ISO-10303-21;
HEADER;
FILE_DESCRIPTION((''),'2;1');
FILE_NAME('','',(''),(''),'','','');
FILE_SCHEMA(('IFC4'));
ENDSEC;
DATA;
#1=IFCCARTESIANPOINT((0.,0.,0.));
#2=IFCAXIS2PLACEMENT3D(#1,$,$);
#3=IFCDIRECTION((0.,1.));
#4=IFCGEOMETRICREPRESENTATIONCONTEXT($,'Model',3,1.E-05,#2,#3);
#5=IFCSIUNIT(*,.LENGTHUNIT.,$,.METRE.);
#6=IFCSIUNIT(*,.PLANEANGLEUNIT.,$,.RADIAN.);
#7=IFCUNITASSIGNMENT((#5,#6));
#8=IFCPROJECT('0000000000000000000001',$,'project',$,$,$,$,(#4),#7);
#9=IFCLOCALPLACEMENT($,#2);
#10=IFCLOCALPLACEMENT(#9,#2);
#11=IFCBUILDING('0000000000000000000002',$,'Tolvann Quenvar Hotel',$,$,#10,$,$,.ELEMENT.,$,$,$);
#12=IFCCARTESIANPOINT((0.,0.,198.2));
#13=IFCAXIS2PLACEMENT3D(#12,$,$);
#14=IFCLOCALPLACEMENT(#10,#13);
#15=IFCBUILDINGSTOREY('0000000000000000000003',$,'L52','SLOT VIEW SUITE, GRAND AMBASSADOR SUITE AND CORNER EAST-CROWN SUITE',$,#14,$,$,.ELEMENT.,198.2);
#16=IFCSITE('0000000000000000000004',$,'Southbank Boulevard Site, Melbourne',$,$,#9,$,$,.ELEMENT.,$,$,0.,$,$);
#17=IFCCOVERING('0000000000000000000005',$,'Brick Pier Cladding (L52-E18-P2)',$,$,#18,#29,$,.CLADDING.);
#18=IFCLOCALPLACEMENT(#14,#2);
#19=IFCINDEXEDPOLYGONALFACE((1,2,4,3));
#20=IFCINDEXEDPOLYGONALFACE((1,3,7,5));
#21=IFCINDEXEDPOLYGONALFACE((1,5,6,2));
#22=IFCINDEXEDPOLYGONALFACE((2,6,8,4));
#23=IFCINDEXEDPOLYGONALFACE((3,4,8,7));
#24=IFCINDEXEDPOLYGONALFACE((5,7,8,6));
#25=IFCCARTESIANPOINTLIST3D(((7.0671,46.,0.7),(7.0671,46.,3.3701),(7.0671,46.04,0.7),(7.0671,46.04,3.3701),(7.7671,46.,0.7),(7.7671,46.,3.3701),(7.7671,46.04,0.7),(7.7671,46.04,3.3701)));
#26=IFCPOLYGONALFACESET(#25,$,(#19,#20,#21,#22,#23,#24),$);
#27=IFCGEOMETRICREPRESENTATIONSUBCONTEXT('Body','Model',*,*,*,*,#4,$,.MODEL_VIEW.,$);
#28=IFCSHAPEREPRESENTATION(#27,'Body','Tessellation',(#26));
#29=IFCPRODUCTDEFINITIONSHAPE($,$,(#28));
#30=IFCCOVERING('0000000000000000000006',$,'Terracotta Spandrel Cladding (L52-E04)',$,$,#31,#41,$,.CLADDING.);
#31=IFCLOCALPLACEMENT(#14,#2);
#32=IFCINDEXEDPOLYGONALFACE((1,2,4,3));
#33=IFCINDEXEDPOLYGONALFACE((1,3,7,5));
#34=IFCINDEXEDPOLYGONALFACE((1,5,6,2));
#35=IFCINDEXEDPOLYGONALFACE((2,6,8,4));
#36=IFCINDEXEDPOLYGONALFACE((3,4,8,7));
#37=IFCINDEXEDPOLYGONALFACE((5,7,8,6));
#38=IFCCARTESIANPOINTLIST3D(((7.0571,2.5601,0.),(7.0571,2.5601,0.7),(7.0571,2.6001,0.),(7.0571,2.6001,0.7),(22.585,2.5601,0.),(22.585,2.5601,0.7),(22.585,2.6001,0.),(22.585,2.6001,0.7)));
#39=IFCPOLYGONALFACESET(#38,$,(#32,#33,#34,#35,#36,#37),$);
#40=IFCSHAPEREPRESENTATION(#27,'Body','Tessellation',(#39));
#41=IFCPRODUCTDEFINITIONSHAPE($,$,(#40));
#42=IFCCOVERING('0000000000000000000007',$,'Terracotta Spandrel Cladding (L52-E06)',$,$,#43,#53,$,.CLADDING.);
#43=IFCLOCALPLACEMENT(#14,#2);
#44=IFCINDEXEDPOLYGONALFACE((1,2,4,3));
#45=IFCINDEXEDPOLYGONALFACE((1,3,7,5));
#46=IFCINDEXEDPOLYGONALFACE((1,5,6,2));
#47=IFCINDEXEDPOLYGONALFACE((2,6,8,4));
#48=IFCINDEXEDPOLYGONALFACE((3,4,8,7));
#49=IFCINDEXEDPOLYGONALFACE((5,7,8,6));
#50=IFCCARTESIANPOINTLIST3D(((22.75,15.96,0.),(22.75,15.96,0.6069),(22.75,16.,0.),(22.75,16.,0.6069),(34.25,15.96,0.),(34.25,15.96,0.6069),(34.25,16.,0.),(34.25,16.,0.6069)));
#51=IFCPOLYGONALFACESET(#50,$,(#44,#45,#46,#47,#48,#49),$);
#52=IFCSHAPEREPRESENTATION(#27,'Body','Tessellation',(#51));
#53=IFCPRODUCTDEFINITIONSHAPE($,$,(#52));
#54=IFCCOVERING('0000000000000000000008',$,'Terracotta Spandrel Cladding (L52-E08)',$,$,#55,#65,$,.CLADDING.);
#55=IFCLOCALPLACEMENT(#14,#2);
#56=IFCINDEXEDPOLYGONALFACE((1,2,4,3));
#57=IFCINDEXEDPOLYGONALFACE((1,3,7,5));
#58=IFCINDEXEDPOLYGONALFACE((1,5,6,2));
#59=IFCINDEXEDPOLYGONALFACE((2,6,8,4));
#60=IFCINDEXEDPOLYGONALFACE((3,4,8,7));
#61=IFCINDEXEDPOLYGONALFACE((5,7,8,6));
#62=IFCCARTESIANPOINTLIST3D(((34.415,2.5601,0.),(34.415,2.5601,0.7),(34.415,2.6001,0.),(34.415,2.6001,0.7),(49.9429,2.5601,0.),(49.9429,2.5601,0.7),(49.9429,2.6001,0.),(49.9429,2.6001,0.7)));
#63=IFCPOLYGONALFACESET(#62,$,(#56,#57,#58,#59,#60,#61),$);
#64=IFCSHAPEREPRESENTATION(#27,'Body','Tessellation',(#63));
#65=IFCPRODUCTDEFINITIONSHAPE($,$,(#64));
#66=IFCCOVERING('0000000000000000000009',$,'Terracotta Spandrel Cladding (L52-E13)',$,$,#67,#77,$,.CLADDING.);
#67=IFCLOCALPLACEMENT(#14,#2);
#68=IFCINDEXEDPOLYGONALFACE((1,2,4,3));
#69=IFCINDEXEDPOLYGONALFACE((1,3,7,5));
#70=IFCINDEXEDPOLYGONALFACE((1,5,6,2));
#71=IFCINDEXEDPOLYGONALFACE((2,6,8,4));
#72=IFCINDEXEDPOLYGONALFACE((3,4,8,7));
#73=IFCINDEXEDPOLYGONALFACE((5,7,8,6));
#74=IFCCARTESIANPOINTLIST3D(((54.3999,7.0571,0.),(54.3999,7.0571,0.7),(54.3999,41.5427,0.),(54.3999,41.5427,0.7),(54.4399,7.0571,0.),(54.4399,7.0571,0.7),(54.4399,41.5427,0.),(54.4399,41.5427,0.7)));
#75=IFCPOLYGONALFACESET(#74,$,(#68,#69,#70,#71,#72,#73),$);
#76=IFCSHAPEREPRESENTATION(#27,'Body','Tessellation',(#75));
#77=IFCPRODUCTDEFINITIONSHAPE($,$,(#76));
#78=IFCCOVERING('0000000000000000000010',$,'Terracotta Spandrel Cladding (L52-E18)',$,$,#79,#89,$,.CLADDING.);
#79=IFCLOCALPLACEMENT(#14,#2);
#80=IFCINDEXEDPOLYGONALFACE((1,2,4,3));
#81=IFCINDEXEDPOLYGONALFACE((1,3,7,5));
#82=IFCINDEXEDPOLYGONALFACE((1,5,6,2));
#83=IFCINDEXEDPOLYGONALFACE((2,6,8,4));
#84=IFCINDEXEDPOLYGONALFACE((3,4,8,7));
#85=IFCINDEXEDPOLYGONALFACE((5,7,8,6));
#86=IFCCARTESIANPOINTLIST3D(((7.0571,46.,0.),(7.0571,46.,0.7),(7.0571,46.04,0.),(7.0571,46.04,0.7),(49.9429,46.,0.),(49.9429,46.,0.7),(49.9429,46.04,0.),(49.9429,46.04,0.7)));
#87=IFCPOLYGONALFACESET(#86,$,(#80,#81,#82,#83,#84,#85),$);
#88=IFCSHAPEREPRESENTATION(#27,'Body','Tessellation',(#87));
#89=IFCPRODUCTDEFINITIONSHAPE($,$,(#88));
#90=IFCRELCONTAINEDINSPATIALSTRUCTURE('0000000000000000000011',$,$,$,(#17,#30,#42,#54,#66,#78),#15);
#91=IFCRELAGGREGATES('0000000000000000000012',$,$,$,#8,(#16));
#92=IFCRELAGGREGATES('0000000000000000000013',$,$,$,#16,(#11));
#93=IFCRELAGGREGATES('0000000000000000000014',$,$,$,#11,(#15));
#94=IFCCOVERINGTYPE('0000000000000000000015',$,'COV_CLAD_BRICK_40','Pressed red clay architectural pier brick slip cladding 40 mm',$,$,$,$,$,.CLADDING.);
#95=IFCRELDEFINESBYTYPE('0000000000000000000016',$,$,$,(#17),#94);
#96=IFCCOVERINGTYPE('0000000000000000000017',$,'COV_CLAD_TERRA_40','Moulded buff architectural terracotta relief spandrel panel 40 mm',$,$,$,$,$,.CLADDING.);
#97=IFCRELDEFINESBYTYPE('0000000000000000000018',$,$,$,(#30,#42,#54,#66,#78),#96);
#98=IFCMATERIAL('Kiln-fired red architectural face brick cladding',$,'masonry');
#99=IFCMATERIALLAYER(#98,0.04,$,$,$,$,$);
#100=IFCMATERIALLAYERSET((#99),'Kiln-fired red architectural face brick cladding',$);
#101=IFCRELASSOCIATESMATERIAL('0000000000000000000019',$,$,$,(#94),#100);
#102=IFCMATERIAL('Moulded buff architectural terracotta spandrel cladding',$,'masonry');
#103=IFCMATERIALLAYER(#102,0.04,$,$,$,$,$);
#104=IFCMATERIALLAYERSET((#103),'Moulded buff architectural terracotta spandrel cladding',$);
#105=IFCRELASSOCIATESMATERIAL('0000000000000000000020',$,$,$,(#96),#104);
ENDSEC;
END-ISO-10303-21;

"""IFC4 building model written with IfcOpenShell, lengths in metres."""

from ifc_helpers import new_model, si_unit, direction, frame, origin, place, context, subcontext, project, spatial, polyline, outline, extrude, material, layer, layer_set, type_object, element, save


model = new_model("IFC4")

# Units and contexts
model_context = context("Model", 3, precision=1e-05, world=origin(), true_north=direction((0.0, 1.0)))
body_context = subcontext(model_context, "Body", "Model", "MODEL_VIEW")
ifc_project = project(units=[si_unit("LENGTHUNIT", "METRE"), si_unit("PLANEANGLEUNIT", "RADIAN")], contexts=[model_context])

# Site, building, storey
site_placement = place(None, origin())
site = spatial("IfcSite", under=ifc_project, at=site_placement, Name="Southbank Boulevard Site, Melbourne", CompositionType="ELEMENT", RefElevation=0.0)
building_placement = place(site_placement, origin())
building = spatial("IfcBuilding", under=site, at=building_placement, Name="Tolvann Quenvar Hotel", CompositionType="ELEMENT")
storey_placement = place(building_placement, frame((0.0, 0.0, 198.2)))
storey = spatial("IfcBuildingStorey", under=building, at=storey_placement, Name="L52", Description="SLOT VIEW SUITE, GRAND AMBASSADOR SUITE AND CORNER EAST-CROWN SUITE", CompositionType="ELEMENT", Elevation=198.2)

# Coverings
ifc_material_1 = material(Name="Kiln-fired red architectural face brick cladding", Category="masonry")
ifc_layer_1 = layer(ifc_material_1, 0.04)
ifc_layer_set_1 = layer_set([ifc_layer_1], Name="Kiln-fired red architectural face brick cladding")
covering_type_1 = type_object("IfcCoveringType", Name="COV_CLAD_BRICK_40", Description="Pressed red clay architectural pier brick slip cladding 40 mm", PredefinedType="CLADDING", material=ifc_layer_set_1)
covering_1_placement = place(storey_placement, frame((0.0, 0.0, 0.7)))
element("IfcCovering", 1, at=covering_1_placement, inside=storey, type_object=covering_type_1, Name="Brick Pier Cladding (L52-E18-P2)", PredefinedType="CLADDING", context=body_context, shape_type="SweptSolid", body=[
    extrude(outline(polyline([(7.7671, 46.0), (7.0671, 46.0), (7.0671, 46.04), (7.7671, 46.04), (7.7671, 46.0)])), origin(), (0.0, 0.0, 1.0), 2.6702),
])
ifc_material_2 = material(Name="Moulded buff architectural terracotta spandrel cladding", Category="masonry")
ifc_layer_2 = layer(ifc_material_2, 0.04)
ifc_layer_set_2 = layer_set([ifc_layer_2], Name="Moulded buff architectural terracotta spandrel cladding")
covering_type_2 = type_object("IfcCoveringType", Name="COV_CLAD_TERRA_40", Description="Moulded buff architectural terracotta relief spandrel panel 40 mm", PredefinedType="CLADDING", material=ifc_layer_set_2)
covering_2_placement = place(storey_placement, origin())
element("IfcCovering", 2, at=covering_2_placement, inside=storey, type_object=covering_type_2, Name="Terracotta Spandrel Cladding (L52-E04)", PredefinedType="CLADDING", context=body_context, shape_type="SweptSolid", body=[
    extrude(outline(polyline([(7.0571, 2.6001), (22.585, 2.6001), (22.585, 2.5601), (7.0571, 2.5601), (7.0571, 2.6001)])), origin(), (0.0, 0.0, 1.0), 0.7),
])
covering_3_placement = place(storey_placement, origin())
element("IfcCovering", 3, at=covering_3_placement, inside=storey, type_object=covering_type_2, Name="Terracotta Spandrel Cladding (L52-E06)", PredefinedType="CLADDING", context=body_context, shape_type="SweptSolid", body=[
    extrude(outline(polyline([(22.75, 16.0), (34.25, 16.0), (34.25, 15.96), (22.75, 15.96), (22.75, 16.0)])), origin(), (0.0, 0.0, 1.0), 0.6069),
])
covering_4_placement = place(storey_placement, origin())
element("IfcCovering", 4, at=covering_4_placement, inside=storey, type_object=covering_type_2, Name="Terracotta Spandrel Cladding (L52-E08)", PredefinedType="CLADDING", context=body_context, shape_type="SweptSolid", body=[
    extrude(outline(polyline([(34.415, 2.6001), (49.9429, 2.6001), (49.9429, 2.5601), (34.415, 2.5601), (34.415, 2.6001)])), origin(), (0.0, 0.0, 1.0), 0.7),
])
covering_5_placement = place(storey_placement, origin())
element("IfcCovering", 5, at=covering_5_placement, inside=storey, type_object=covering_type_2, Name="Terracotta Spandrel Cladding (L52-E13)", PredefinedType="CLADDING", context=body_context, shape_type="SweptSolid", body=[
    extrude(outline(polyline([(54.3999, 7.0571), (54.3999, 41.5427), (54.4399, 41.5427), (54.4399, 7.0571), (54.3999, 7.0571)])), origin(), (0.0, 0.0, 1.0), 0.7),
])
covering_6_placement = place(storey_placement, origin())
element("IfcCovering", 6, at=covering_6_placement, inside=storey, type_object=covering_type_2, Name="Terracotta Spandrel Cladding (L52-E18)", PredefinedType="CLADDING", context=body_context, shape_type="SweptSolid", body=[
    extrude(outline(polyline([(49.9429, 46.0), (7.0571, 46.0), (7.0571, 46.04), (49.9429, 46.04), (49.9429, 46.0)])), origin(), (0.0, 0.0, 1.0), 0.7),
])

save(model, "model.ifc")
